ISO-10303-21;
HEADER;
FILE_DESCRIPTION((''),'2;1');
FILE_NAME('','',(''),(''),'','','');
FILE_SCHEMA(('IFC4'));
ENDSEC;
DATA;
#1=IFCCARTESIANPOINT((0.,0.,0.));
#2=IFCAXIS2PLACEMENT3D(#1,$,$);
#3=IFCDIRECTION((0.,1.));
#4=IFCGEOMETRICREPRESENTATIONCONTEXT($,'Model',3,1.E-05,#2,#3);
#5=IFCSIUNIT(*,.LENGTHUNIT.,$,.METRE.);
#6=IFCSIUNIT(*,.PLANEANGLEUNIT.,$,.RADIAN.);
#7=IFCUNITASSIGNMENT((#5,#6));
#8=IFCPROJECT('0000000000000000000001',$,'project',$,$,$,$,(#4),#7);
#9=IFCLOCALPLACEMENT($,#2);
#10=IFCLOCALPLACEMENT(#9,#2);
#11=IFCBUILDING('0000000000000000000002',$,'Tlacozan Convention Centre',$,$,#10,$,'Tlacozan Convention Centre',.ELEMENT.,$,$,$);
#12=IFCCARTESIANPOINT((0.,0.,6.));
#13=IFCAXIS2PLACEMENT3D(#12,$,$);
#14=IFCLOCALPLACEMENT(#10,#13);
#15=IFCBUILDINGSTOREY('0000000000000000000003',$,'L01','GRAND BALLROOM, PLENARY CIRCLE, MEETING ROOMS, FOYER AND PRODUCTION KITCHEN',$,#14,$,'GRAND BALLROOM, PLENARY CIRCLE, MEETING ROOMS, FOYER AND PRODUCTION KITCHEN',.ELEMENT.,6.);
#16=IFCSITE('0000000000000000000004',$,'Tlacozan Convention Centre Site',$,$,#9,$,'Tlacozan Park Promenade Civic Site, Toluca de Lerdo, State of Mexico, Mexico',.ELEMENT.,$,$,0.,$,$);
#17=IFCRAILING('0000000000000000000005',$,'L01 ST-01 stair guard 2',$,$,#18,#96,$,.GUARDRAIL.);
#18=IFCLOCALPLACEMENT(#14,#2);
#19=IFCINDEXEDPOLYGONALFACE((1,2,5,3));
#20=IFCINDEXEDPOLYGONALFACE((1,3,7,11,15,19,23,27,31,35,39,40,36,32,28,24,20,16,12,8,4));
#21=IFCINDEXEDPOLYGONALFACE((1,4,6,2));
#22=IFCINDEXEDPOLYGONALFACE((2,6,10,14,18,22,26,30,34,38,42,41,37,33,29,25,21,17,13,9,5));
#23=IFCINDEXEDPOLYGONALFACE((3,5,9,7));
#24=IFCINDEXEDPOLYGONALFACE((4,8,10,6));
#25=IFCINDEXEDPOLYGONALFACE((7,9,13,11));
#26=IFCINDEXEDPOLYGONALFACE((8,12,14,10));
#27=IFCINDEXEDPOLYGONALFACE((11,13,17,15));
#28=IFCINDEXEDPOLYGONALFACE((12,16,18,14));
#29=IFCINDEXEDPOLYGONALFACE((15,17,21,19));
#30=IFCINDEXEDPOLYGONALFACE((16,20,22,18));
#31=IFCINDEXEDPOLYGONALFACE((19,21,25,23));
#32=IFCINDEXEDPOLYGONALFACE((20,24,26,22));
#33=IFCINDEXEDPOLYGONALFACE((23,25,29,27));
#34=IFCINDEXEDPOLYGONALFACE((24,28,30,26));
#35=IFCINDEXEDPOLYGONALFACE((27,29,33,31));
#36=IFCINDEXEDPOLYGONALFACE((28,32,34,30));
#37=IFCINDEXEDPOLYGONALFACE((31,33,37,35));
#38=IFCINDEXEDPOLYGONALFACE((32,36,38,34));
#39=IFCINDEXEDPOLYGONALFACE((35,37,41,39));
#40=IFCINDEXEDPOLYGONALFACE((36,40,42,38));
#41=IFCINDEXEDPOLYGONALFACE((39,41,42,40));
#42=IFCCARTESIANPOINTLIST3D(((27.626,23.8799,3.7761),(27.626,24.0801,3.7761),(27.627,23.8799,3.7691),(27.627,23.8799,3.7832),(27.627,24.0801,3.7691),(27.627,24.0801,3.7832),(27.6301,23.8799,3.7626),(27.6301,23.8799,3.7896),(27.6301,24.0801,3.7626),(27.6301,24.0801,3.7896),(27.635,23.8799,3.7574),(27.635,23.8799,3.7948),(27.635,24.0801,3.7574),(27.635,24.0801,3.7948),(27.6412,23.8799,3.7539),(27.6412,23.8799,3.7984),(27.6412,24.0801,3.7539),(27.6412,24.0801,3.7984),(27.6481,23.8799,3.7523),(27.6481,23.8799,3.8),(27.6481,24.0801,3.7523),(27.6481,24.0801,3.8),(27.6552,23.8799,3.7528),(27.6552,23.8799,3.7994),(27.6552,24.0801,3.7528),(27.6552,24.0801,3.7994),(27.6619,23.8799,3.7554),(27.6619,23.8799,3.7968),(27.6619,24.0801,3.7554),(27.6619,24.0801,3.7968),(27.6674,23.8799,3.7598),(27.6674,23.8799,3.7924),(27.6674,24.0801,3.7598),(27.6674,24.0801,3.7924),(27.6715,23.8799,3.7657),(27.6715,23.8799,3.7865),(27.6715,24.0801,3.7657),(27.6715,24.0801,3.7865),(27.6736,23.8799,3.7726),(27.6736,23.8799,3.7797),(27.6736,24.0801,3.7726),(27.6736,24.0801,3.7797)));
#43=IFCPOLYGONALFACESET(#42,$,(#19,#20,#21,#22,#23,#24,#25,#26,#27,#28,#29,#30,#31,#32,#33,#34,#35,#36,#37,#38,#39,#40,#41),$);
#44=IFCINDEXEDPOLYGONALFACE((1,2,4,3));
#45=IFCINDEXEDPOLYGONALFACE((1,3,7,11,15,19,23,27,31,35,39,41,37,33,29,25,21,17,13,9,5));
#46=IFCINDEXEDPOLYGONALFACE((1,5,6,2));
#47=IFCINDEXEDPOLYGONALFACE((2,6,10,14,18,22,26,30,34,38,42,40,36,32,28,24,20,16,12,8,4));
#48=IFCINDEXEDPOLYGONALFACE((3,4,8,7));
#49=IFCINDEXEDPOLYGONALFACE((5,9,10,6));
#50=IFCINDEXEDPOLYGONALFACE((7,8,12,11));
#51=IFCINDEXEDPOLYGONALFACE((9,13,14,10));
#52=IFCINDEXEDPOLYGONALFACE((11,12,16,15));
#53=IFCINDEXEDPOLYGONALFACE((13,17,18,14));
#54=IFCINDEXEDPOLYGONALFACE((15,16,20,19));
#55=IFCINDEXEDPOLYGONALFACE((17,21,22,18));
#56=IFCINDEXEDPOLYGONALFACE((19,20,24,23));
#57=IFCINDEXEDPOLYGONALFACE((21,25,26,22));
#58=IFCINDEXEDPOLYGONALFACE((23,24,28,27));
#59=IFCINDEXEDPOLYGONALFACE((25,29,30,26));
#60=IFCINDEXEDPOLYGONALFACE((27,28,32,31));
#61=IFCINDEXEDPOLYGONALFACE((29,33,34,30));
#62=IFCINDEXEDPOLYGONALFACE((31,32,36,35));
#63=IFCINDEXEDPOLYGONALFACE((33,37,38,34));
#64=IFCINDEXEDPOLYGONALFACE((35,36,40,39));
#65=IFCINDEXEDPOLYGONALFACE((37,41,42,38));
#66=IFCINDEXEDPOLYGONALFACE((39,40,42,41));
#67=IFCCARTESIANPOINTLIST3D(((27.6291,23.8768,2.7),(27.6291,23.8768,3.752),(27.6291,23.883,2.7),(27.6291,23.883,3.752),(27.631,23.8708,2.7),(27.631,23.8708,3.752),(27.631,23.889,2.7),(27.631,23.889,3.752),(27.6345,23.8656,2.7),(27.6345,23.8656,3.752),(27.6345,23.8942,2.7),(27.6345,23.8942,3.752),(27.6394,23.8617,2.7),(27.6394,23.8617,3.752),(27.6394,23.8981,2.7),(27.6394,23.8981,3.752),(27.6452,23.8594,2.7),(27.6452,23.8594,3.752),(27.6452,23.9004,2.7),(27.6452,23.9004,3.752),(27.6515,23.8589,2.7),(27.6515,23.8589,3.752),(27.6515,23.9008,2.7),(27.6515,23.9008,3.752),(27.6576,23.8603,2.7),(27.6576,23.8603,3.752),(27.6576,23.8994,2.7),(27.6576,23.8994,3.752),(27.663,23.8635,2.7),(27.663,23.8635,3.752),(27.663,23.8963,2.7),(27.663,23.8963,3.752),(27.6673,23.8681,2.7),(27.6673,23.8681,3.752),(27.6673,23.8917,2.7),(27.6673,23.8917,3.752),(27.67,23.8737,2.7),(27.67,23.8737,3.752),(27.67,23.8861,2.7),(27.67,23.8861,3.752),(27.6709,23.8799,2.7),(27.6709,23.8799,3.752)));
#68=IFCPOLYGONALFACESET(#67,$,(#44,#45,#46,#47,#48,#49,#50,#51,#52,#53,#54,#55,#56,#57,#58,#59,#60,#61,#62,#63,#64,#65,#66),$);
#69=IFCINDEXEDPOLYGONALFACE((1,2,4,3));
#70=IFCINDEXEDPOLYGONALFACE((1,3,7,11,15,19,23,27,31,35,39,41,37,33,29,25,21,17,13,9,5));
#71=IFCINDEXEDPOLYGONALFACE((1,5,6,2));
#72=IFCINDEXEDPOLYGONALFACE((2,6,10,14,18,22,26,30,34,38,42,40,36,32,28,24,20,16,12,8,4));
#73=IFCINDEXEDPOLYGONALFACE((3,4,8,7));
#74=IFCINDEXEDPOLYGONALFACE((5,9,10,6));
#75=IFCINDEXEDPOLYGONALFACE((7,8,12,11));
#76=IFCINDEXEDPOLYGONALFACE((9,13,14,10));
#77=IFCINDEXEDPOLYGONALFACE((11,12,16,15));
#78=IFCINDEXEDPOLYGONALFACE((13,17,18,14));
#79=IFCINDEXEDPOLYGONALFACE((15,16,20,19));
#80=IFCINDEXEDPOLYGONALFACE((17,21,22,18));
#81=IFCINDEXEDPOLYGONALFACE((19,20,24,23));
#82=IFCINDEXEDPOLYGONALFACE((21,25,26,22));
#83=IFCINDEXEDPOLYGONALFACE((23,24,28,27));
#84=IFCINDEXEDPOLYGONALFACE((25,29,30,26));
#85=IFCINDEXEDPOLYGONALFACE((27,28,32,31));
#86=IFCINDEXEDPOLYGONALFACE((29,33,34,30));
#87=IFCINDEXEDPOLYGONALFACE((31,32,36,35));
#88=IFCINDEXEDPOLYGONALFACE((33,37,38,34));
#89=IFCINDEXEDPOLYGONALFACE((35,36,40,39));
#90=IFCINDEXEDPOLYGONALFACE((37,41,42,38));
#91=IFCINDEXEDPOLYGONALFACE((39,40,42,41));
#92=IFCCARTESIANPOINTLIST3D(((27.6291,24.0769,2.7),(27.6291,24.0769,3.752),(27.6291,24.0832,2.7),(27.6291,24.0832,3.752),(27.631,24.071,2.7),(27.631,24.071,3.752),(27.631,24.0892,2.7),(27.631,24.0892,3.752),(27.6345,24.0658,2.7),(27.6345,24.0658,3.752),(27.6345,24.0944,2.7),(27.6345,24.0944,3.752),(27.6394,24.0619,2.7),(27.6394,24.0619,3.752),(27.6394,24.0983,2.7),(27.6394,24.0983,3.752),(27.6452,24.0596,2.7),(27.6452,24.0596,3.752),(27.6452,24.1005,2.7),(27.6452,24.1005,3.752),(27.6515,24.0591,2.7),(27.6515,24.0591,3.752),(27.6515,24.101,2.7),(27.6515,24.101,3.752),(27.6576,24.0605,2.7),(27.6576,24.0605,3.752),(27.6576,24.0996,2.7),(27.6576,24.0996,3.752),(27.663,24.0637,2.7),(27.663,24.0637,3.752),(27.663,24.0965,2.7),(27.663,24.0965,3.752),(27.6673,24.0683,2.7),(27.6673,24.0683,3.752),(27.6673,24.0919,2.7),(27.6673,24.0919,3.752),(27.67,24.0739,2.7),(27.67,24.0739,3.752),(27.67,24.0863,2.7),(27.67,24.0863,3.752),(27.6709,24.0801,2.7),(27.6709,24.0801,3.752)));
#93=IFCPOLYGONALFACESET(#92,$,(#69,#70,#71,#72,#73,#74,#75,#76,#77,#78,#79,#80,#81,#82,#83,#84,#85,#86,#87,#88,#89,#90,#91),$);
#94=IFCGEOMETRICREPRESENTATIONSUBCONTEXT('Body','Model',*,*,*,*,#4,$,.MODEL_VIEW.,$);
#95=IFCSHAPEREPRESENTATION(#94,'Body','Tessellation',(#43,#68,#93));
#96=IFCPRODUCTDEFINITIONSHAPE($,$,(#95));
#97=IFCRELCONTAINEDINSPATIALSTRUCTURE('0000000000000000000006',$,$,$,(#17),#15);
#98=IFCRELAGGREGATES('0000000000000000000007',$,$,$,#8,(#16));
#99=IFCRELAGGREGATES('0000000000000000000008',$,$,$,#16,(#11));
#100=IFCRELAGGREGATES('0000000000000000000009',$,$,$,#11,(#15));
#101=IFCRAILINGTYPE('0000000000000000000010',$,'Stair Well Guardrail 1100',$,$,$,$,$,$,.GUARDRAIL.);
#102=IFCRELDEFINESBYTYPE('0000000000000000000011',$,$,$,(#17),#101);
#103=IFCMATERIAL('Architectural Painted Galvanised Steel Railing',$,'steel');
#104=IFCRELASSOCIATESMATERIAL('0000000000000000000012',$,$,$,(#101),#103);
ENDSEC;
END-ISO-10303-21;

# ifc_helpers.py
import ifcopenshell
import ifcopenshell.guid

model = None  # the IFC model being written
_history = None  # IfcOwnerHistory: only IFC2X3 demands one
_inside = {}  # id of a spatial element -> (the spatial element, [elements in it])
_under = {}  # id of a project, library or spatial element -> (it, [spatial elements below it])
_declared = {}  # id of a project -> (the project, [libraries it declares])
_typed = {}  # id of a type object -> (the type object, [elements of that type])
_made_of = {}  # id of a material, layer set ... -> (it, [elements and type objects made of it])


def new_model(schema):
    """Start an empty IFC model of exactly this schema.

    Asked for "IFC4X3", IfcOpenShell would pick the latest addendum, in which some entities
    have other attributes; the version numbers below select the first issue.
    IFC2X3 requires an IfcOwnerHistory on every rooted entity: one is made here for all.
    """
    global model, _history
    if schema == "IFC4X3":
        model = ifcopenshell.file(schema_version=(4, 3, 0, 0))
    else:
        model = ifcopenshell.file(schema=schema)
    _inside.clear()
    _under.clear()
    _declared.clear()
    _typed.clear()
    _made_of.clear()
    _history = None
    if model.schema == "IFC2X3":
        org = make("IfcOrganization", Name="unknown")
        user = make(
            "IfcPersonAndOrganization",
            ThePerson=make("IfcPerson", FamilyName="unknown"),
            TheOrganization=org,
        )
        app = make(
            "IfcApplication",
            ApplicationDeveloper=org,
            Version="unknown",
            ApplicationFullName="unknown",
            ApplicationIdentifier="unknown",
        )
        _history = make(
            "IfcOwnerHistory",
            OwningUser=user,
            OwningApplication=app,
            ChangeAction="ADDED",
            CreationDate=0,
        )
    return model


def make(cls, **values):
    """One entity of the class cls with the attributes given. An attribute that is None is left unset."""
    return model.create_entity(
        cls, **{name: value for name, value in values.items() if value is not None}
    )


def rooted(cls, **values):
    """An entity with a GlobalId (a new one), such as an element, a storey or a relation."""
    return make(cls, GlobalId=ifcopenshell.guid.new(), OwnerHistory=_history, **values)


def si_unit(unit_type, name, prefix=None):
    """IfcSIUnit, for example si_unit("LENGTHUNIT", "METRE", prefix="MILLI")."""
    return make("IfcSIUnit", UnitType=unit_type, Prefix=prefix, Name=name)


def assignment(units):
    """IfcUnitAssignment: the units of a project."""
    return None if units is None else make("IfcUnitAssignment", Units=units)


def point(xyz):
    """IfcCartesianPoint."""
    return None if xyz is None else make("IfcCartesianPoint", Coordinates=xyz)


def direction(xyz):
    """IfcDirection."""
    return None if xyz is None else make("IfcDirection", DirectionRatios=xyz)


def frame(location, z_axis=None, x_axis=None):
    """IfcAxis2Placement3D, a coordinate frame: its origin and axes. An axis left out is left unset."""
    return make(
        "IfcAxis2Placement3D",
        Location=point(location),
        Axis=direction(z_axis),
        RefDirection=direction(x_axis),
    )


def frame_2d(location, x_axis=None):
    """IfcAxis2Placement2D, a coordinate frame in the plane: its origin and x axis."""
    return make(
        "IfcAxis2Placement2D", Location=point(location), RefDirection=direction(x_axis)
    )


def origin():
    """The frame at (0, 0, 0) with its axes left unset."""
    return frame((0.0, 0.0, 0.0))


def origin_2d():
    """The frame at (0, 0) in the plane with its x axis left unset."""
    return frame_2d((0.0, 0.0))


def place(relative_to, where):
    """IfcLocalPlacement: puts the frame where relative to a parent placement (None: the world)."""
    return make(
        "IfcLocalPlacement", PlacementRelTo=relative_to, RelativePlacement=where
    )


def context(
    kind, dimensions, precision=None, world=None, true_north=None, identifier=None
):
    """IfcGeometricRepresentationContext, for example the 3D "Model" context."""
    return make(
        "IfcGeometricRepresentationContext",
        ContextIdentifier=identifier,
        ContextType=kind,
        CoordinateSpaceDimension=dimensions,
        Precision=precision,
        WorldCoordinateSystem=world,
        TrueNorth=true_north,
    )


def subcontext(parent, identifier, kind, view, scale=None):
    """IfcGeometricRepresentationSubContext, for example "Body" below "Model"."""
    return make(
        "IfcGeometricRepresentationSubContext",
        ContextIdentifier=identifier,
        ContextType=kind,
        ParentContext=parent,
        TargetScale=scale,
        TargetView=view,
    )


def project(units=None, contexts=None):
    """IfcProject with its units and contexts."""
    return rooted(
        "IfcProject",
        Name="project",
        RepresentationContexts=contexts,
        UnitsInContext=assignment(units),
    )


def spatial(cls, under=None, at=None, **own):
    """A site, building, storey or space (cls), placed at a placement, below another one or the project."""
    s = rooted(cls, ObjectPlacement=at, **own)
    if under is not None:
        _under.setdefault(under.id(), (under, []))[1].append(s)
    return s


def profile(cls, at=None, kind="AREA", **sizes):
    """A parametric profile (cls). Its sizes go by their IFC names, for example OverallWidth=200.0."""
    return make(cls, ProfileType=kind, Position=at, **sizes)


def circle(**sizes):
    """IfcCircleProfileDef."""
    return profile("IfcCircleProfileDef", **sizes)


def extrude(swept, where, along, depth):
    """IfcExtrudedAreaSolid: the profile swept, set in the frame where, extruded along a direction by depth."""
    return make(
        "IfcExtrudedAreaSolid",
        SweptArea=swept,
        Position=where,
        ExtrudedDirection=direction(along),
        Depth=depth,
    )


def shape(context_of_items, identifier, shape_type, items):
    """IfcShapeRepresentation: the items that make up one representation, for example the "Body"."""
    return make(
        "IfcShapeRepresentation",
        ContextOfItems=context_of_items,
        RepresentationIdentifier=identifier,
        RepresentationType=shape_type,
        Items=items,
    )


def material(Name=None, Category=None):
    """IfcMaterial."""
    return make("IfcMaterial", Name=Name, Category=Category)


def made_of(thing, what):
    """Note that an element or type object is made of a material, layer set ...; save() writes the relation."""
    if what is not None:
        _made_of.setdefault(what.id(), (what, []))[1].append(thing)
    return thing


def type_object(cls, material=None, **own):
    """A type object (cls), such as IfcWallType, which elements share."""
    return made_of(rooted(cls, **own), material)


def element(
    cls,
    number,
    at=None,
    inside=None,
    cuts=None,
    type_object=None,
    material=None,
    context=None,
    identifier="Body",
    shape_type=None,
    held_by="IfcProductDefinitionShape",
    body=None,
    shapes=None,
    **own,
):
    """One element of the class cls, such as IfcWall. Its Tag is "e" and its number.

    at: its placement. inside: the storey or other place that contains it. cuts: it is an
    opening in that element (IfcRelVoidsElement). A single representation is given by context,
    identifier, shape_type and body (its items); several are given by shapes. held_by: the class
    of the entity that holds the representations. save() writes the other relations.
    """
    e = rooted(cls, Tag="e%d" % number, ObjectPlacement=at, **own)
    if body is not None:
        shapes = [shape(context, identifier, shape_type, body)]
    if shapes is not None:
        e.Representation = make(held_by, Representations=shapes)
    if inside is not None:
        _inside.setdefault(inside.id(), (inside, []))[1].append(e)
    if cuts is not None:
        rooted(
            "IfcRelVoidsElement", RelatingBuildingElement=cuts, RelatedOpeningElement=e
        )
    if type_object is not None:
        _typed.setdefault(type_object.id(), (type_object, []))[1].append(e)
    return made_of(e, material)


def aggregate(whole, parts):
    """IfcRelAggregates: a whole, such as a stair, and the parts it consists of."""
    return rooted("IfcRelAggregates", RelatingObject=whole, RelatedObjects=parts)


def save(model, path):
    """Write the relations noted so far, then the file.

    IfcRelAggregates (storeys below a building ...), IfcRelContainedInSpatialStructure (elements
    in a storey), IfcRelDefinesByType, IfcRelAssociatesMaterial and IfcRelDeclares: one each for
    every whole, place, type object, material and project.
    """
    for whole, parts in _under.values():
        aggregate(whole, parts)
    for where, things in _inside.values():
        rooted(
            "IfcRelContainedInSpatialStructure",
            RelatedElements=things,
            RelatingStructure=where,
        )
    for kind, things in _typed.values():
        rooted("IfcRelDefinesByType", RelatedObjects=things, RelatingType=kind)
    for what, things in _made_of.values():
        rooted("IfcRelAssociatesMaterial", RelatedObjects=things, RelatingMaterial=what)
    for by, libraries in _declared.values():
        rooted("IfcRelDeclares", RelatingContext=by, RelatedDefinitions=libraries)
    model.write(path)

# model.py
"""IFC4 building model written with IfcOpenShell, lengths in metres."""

from ifc_helpers import new_model, si_unit, direction, frame, origin, origin_2d, place, context, subcontext, project, spatial, circle, extrude, material, type_object, element, save


model = new_model("IFC4")

# Units and contexts
model_context = context("Model", 3, precision=1e-05, world=origin(), true_north=direction((0.0, 1.0)))
body_context = subcontext(model_context, "Body", "Model", "MODEL_VIEW")
ifc_project = project(units=[si_unit("LENGTHUNIT", "METRE"), si_unit("PLANEANGLEUNIT", "RADIAN")], contexts=[model_context])

# Site, building, storey
site_placement = place(None, origin())
site = spatial("IfcSite", under=ifc_project, at=site_placement, Name="Tlacozan Convention Centre Site", LongName="Tlacozan Park Promenade Civic Site, Toluca de Lerdo, State of Mexico, Mexico", CompositionType="ELEMENT", RefElevation=0.0)
building_placement = place(site_placement, origin())
building = spatial("IfcBuilding", under=site, at=building_placement, Name="Tlacozan Convention Centre", LongName="Tlacozan Convention Centre", CompositionType="ELEMENT")
storey_placement = place(building_placement, frame((0.0, 0.0, 6.0)))
storey = spatial("IfcBuildingStorey", under=building, at=storey_placement, Name="L01", Description="GRAND BALLROOM, PLENARY CIRCLE, MEETING ROOMS, FOYER AND PRODUCTION KITCHEN", LongName="GRAND BALLROOM, PLENARY CIRCLE, MEETING ROOMS, FOYER AND PRODUCTION KITCHEN", CompositionType="ELEMENT", Elevation=6.0)

# Railing
ifc_material_1 = material(Name="Architectural Painted Galvanised Steel Railing", Category="steel")
railing_type_1 = type_object("IfcRailingType", Name="Stair Well Guardrail 1100", PredefinedType="GUARDRAIL", material=ifc_material_1)
railing_1_placement = place(storey_placement, frame((27.6499, 23.8799, 2.7)))
element("IfcRailing", 1, at=railing_1_placement, inside=storey, type_object=railing_type_1, Name="L01 ST-01 stair guard 2", PredefinedType="GUARDRAIL", context=body_context, shape_type="SweptSolid", body=[
    extrude(circle(Radius=0.0239, at=origin_2d()), frame((0.0, 0.0, 1.0762), z_axis=(0.0, 1.0, 0.0), x_axis=(-1.0, 0.0, 0.0)), (0.0, 0.0, 1.0), 0.2002),
    extrude(circle(Radius=0.021, at=origin_2d()), origin(), (0.0, 0.0, 1.0), 1.052),
    extrude(circle(Radius=0.021, at=origin_2d()), frame((0.0, 0.2002, 0.0)), (0.0, 0.0, 1.0), 1.052),
])

save(model, "model.ifc")
